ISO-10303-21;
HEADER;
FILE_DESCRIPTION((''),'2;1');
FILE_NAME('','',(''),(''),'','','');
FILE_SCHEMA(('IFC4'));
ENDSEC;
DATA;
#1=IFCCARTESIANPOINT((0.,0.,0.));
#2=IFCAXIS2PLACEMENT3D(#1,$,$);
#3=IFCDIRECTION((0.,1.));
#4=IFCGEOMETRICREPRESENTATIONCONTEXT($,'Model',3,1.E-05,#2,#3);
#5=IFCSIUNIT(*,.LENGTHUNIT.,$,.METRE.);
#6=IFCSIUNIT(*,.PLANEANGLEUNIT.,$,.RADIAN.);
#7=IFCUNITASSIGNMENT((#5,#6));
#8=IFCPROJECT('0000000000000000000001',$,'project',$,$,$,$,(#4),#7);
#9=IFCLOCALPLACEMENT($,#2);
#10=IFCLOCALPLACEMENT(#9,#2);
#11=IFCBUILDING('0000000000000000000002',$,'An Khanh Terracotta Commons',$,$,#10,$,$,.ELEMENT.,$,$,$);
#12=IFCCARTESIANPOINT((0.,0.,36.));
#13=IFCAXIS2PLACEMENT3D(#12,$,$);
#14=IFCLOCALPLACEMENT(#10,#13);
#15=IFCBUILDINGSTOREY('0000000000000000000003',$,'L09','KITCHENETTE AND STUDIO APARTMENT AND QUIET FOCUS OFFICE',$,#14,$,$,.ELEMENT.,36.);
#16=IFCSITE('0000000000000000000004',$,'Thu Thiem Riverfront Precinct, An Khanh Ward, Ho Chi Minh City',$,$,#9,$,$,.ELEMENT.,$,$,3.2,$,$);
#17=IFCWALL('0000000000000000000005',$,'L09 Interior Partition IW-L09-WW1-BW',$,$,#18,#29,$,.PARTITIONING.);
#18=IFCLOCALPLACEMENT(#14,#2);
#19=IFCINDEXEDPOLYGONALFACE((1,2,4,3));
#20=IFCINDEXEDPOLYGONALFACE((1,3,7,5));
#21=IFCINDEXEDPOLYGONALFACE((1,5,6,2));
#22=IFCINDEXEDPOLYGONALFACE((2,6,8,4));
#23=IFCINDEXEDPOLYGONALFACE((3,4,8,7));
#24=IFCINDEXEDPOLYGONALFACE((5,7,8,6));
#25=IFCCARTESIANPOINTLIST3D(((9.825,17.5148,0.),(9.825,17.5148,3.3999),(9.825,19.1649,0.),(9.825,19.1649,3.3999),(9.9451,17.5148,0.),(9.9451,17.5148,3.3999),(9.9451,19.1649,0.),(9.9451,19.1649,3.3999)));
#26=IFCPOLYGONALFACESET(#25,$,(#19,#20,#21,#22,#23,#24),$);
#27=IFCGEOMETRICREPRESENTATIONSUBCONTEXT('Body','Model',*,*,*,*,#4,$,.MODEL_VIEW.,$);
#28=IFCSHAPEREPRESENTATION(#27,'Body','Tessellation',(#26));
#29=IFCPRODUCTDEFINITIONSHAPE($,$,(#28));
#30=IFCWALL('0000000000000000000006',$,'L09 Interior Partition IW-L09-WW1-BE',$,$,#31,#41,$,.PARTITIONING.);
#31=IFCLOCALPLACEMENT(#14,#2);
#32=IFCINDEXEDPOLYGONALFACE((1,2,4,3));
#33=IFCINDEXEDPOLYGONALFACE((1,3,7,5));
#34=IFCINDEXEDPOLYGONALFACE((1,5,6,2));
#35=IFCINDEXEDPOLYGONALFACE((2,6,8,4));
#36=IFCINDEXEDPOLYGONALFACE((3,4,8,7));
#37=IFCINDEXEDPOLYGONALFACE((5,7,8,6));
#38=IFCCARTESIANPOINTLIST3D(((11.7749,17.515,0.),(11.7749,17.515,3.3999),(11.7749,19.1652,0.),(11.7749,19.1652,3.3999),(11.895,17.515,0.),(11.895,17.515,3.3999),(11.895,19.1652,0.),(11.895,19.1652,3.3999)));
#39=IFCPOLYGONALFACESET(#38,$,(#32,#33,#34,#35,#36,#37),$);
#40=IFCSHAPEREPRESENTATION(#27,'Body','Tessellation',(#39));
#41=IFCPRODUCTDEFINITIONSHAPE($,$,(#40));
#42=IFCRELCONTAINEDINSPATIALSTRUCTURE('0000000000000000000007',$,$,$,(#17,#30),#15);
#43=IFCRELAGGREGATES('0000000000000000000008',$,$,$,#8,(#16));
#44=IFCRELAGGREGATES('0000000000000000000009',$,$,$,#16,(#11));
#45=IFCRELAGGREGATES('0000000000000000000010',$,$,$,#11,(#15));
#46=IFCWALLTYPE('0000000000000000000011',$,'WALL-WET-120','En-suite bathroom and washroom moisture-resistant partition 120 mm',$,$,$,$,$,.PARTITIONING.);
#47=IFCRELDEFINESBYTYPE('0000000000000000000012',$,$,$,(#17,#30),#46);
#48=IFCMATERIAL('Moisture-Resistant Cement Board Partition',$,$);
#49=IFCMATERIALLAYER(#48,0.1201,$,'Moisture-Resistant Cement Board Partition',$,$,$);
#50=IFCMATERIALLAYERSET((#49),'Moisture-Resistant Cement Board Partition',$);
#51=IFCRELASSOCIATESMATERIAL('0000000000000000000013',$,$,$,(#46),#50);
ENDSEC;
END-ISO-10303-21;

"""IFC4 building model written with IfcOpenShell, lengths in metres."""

from ifc_helpers import new_model, si_unit, direction, frame, frame_2d, origin, place, context, subcontext, project, spatial, rectangle, extrude, material, layer, layer_set, type_object, element, save


model = new_model("IFC4")

# Units and contexts
model_context = context("Model", 3, precision=1e-05, world=origin(), true_north=direction((0.0, 1.0)))
body_context = subcontext(model_context, "Body", "Model", "MODEL_VIEW")
ifc_project = project(units=[si_unit("LENGTHUNIT", "METRE"), si_unit("PLANEANGLEUNIT", "RADIAN")], contexts=[model_context])

# Site, building, storey
site_placement = place(None, origin())
site = spatial("IfcSite", under=ifc_project, at=site_placement, Name="Thu Thiem Riverfront Precinct, An Khanh Ward, Ho Chi Minh City", CompositionType="ELEMENT", RefElevation=3.2)
building_placement = place(site_placement, origin())
building = spatial("IfcBuilding", under=site, at=building_placement, Name="An Khanh Terracotta Commons", CompositionType="ELEMENT")
storey_placement = place(building_placement, frame((0.0, 0.0, 36.0)))
storey = spatial("IfcBuildingStorey", under=building, at=storey_placement, Name="L09", Description="KITCHENETTE AND STUDIO APARTMENT AND QUIET FOCUS OFFICE", CompositionType="ELEMENT", Elevation=36.0)

# Shared definitions
ifc_material_1 = material(Name="Moisture-Resistant Cement Board Partition")
ifc_layer_1 = layer(ifc_material_1, 0.1201, Name="Moisture-Resistant Cement Board Partition")
ifc_layer_set_1 = layer_set([ifc_layer_1], Name="Moisture-Resistant Cement Board Partition")
wall_type_1 = type_object("IfcWallType", Name="WALL-WET-120", Description="En-suite bathroom and washroom moisture-resistant partition 120 mm", PredefinedType="PARTITIONING", material=ifc_layer_set_1)

# Walls
for number, where, z_axis, x_axis, name in (
    (1, (9.885, 19.165, 0.0), (0.0, 0.0, 1.0), (0.0, -1.0, 0.0), "L09 Interior Partition IW-L09-WW1-BW"),
    (2, (11.835, 17.5149, 0.0), (0.0, 0.0, 1.0), (0.0, 1.0, 0.0), "L09 Interior Partition IW-L09-WW1-BE"),
):
    element("IfcWall", number, at=place(storey_placement, frame(where, z_axis=z_axis, x_axis=x_axis)), inside=storey, type_object=wall_type_1, Name=name, PredefinedType="PARTITIONING", context=body_context, shape_type="SweptSolid", body=[
        extrude(rectangle(XDim=1.6501, YDim=0.1201, at=frame_2d((0.8252, 0.0))), origin(), (0.0, 0.0, 1.0), 3.3999),
    ])

save(model, "model.ifc")
